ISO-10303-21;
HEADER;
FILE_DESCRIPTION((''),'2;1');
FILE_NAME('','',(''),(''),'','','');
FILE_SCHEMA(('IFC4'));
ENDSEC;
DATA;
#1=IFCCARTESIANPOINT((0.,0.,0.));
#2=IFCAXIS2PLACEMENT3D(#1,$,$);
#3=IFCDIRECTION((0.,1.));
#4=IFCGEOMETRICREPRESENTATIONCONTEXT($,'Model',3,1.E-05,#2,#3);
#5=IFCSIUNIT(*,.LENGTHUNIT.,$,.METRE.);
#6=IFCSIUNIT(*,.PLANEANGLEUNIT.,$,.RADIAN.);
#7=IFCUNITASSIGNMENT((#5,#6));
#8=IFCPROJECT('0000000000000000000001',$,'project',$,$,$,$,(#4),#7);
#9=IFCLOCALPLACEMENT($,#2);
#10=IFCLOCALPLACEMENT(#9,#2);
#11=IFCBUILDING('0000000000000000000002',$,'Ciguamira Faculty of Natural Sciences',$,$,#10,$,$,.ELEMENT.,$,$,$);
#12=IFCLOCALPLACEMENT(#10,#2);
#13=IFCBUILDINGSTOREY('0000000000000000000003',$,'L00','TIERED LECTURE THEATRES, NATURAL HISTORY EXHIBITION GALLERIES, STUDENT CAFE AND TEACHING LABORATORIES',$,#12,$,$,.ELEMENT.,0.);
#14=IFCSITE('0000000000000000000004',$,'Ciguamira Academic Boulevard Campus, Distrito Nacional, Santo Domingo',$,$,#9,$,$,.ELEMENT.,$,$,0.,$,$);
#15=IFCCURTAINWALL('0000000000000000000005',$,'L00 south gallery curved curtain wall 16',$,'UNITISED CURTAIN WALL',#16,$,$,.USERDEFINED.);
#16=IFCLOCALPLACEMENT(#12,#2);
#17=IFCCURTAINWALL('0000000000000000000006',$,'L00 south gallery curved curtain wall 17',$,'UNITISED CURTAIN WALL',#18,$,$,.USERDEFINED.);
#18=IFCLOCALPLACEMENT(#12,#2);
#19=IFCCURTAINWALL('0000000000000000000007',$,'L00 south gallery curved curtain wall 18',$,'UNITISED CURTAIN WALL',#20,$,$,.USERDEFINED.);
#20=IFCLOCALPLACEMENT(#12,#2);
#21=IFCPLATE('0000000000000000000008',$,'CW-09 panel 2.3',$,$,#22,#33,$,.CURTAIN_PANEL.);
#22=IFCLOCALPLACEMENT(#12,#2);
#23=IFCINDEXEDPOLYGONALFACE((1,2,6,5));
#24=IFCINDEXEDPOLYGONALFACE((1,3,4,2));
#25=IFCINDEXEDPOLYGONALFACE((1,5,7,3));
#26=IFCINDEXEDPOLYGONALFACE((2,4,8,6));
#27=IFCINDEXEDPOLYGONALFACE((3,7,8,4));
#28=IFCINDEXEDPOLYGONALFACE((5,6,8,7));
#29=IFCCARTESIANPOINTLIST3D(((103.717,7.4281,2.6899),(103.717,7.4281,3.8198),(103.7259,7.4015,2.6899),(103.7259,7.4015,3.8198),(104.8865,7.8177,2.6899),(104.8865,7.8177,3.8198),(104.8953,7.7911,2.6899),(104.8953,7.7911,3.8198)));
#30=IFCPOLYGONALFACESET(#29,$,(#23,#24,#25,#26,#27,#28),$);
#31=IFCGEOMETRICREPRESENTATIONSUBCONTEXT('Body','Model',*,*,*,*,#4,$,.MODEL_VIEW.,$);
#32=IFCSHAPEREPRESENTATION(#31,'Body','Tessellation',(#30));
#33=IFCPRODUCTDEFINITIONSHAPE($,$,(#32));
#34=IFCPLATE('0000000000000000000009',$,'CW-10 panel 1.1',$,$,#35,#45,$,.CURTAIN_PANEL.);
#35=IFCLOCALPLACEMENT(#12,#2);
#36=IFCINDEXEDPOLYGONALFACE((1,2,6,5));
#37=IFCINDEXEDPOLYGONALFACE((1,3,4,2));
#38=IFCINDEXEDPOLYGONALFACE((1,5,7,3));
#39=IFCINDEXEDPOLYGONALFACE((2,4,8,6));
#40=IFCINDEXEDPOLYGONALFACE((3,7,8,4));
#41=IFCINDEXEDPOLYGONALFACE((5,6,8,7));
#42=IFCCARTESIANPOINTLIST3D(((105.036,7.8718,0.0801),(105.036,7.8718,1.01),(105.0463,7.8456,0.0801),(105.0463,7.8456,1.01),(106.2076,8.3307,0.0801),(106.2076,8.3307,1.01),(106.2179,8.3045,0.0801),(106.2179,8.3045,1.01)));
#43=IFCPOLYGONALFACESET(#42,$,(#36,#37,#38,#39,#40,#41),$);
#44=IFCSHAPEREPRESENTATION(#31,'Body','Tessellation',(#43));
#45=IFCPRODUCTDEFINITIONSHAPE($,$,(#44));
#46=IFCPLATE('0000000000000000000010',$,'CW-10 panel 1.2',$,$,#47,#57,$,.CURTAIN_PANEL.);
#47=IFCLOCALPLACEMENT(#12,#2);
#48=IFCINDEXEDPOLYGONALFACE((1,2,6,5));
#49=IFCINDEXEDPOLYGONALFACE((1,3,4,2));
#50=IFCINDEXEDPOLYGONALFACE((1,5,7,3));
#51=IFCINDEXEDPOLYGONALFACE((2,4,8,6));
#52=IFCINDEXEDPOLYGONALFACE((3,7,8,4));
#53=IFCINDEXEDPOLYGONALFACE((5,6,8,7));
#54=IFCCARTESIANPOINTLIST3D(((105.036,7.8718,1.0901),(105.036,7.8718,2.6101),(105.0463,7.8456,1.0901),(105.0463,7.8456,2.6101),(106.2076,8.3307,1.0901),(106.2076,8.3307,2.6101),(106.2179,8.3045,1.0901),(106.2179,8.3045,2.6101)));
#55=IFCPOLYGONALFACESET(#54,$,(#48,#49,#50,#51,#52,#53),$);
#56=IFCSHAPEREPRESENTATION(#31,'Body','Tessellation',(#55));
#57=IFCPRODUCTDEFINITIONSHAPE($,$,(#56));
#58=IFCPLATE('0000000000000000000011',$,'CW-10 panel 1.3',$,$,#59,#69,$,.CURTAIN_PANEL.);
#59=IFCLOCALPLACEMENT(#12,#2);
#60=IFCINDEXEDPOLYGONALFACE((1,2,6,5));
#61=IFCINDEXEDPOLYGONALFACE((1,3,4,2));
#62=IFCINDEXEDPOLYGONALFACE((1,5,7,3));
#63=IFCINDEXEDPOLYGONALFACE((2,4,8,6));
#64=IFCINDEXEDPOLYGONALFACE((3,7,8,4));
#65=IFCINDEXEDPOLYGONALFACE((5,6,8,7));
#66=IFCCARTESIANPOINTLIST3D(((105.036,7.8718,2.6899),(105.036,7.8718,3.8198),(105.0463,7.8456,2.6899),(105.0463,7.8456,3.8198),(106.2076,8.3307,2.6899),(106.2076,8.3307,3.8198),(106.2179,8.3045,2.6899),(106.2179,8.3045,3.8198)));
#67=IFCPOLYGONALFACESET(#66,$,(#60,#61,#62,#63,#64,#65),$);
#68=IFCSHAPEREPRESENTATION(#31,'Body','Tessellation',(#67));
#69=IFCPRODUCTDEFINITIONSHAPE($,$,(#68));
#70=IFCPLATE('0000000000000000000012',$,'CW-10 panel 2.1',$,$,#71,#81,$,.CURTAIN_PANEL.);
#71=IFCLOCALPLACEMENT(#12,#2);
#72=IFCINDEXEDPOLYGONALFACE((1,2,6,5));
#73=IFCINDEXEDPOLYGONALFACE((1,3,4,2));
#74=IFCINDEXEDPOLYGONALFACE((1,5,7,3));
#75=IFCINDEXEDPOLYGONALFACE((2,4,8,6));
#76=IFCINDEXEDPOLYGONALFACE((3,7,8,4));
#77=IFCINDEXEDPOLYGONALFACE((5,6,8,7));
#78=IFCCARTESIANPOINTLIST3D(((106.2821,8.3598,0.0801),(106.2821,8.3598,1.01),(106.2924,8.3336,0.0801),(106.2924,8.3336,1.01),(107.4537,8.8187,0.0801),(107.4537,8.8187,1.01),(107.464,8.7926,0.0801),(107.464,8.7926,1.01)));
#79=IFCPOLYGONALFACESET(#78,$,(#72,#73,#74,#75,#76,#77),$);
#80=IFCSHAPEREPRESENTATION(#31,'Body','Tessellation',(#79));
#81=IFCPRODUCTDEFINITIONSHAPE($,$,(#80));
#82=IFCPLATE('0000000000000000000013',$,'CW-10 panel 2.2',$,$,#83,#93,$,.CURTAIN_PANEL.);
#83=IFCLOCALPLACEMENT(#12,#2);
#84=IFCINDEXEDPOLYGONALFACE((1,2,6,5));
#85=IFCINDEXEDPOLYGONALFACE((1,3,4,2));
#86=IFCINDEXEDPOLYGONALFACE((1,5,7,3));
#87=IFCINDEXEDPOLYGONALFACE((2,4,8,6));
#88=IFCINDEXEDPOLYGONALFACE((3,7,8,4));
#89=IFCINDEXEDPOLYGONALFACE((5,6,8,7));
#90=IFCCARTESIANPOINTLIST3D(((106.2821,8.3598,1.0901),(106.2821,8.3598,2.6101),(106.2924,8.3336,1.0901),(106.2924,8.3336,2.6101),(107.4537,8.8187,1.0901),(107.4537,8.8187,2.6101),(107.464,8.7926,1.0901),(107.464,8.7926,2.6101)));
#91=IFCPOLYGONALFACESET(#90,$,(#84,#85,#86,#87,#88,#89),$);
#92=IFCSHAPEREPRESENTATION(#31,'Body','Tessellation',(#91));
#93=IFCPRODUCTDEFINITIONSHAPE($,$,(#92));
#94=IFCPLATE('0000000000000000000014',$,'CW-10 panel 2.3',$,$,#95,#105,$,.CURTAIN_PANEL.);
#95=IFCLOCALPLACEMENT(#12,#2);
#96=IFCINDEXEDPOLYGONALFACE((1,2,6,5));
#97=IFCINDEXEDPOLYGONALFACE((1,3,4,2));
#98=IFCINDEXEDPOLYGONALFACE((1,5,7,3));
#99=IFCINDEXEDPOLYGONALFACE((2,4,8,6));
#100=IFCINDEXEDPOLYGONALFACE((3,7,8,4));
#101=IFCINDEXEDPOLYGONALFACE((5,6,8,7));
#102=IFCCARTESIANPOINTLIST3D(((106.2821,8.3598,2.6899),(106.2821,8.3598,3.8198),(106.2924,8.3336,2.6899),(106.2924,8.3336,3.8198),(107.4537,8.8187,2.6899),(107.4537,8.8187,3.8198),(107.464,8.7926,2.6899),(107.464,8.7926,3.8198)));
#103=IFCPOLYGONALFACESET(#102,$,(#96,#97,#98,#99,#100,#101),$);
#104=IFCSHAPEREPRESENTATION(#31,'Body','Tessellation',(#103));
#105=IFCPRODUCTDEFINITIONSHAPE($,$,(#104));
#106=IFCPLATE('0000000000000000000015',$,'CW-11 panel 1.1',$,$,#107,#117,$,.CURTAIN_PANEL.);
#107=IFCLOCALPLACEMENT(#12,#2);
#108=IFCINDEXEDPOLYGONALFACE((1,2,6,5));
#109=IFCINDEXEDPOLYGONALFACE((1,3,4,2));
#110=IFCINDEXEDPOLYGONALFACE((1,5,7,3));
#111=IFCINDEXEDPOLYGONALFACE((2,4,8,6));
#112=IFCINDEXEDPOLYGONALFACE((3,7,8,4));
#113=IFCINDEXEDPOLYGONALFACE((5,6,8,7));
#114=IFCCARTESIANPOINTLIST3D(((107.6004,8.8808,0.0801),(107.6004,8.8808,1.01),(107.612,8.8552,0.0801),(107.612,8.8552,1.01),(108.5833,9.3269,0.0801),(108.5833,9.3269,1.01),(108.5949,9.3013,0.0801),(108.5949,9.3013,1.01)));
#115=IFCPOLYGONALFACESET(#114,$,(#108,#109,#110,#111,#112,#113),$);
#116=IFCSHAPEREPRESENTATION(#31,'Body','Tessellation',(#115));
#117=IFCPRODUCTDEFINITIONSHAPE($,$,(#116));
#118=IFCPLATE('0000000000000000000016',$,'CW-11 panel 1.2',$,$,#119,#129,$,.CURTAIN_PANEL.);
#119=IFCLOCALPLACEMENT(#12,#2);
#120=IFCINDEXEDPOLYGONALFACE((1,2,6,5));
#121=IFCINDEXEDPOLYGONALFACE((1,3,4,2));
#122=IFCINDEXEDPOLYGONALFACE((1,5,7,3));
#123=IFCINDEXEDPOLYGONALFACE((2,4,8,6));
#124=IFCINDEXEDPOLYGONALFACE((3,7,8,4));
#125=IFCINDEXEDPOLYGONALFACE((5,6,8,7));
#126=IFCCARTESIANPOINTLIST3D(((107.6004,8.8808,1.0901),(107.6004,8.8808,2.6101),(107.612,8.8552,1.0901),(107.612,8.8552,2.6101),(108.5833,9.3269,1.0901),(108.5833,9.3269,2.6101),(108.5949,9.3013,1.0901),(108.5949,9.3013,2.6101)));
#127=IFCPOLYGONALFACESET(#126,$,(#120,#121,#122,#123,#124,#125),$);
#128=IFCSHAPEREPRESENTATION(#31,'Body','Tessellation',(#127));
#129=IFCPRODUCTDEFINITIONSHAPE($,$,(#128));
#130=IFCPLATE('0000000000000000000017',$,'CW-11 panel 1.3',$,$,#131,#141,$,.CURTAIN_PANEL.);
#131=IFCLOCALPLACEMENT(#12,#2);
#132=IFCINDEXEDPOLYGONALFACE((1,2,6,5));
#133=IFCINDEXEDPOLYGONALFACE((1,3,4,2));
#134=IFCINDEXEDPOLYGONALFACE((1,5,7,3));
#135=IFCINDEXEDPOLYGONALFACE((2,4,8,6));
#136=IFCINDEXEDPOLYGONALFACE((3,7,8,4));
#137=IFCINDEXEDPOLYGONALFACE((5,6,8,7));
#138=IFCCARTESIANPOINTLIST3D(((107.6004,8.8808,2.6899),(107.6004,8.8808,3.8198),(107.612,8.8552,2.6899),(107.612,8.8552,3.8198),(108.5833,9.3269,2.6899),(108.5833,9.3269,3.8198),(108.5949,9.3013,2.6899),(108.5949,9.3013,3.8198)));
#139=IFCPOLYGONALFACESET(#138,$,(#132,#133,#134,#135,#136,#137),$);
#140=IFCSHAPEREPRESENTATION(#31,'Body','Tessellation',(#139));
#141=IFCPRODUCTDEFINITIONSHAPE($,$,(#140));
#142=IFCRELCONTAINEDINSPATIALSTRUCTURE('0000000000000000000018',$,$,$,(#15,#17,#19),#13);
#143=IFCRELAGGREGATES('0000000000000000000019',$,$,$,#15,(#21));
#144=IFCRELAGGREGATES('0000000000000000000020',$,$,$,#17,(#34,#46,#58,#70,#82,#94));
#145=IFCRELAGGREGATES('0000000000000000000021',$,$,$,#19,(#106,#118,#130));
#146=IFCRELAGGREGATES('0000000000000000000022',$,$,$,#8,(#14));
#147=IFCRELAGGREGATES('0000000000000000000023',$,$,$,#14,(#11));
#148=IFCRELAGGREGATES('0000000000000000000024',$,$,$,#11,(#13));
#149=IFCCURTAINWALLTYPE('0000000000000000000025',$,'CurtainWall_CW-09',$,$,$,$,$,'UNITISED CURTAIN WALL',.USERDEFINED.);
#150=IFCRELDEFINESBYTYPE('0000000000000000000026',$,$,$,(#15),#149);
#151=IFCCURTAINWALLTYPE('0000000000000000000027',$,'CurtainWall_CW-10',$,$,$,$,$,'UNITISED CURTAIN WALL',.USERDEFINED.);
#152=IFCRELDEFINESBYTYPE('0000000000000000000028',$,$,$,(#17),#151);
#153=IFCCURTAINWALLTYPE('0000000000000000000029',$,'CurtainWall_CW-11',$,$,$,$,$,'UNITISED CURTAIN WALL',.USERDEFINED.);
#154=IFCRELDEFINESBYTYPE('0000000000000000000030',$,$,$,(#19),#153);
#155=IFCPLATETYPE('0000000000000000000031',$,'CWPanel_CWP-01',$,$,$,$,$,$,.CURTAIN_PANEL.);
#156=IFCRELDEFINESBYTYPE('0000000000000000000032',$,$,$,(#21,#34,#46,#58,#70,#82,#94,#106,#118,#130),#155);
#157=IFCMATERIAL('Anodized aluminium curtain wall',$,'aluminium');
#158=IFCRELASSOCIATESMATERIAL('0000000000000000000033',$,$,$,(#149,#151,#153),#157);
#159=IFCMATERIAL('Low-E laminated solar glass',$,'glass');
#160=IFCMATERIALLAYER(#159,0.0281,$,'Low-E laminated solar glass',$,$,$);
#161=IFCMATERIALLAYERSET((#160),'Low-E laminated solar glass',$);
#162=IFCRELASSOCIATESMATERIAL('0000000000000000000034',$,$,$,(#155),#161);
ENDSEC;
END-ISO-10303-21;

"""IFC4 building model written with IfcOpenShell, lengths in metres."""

from ifc_helpers import new_model, si_unit, direction, frame, origin, origin_2d, place, context, subcontext, project, spatial, rectangle, extrude, material, layer, layer_set, type_object, element, aggregate, save


model = new_model("IFC4")

# Units and contexts
model_context = context("Model", 3, precision=1e-05, world=origin(), true_north=direction((0.0, 1.0)))
body_context = subcontext(model_context, "Body", "Model", "MODEL_VIEW")
ifc_project = project(units=[si_unit("LENGTHUNIT", "METRE"), si_unit("PLANEANGLEUNIT", "RADIAN")], contexts=[model_context])

# Site, building, storey
site_placement = place(None, origin())
site = spatial("IfcSite", under=ifc_project, at=site_placement, Name="Ciguamira Academic Boulevard Campus, Distrito Nacional, Santo Domingo", CompositionType="ELEMENT", RefElevation=0.0)
building_placement = place(site_placement, origin())
building = spatial("IfcBuilding", under=site, at=building_placement, Name="Ciguamira Faculty of Natural Sciences", CompositionType="ELEMENT")
storey_placement = place(building_placement, origin())
storey = spatial("IfcBuildingStorey", under=building, at=storey_placement, Name="L00", Description="TIERED LECTURE THEATRES, NATURAL HISTORY EXHIBITION GALLERIES, STUDENT CAFE AND TEACHING LABORATORIES", CompositionType="ELEMENT", Elevation=0.0)

# Curtain walls
ifc_material_1 = material(Name="Anodized aluminium curtain wall", Category="aluminium")
curtain_wall_type_1 = type_object("IfcCurtainWallType", Name="CurtainWall_CW-09", ElementType="UNITISED CURTAIN WALL", PredefinedType="USERDEFINED", material=ifc_material_1)
curtain_wall_1_placement = place(storey_placement, origin())
curtain_wall_1 = element("IfcCurtainWall", 1, at=curtain_wall_1_placement, inside=storey, type_object=curtain_wall_type_1, Name="L00 south gallery curved curtain wall 16", ObjectType="UNITISED CURTAIN WALL", PredefinedType="USERDEFINED")
curtain_wall_type_2 = type_object("IfcCurtainWallType", Name="CurtainWall_CW-10", ElementType="UNITISED CURTAIN WALL", PredefinedType="USERDEFINED", material=ifc_material_1)
curtain_wall_2_placement = place(storey_placement, origin())
curtain_wall_2 = element("IfcCurtainWall", 2, at=curtain_wall_2_placement, inside=storey, type_object=curtain_wall_type_2, Name="L00 south gallery curved curtain wall 17", ObjectType="UNITISED CURTAIN WALL", PredefinedType="USERDEFINED")
curtain_wall_type_3 = type_object("IfcCurtainWallType", Name="CurtainWall_CW-11", ElementType="UNITISED CURTAIN WALL", PredefinedType="USERDEFINED", material=ifc_material_1)
curtain_wall_3_placement = place(storey_placement, origin())
curtain_wall_3 = element("IfcCurtainWall", 3, at=curtain_wall_3_placement, inside=storey, type_object=curtain_wall_type_3, Name="L00 south gallery curved curtain wall 18", ObjectType="UNITISED CURTAIN WALL", PredefinedType="USERDEFINED")

# Plates
ifc_material_2 = material(Name="Low-E laminated solar glass", Category="glass")
ifc_layer = layer(ifc_material_2, 0.0281, Name="Low-E laminated solar glass")
ifc_layer_set = layer_set([ifc_layer], Name="Low-E laminated solar glass")
plate_type = type_object("IfcPlateType", Name="CWPanel_CWP-01", PredefinedType="CURTAIN_PANEL", material=ifc_layer_set)
plate_1_placement = place(storey_placement, frame((104.3062, 7.6096, 2.6899), z_axis=(0.0, 0.0, 1.0), x_axis=(0.948735, 0.316073, 0.0)))
plate_1 = element("IfcPlate", 4, at=plate_1_placement, type_object=plate_type, Name="CW-09 panel 2.3", PredefinedType="CURTAIN_PANEL", context=body_context, shape_type="SweptSolid", body=[
    extrude(rectangle(XDim=1.2327, YDim=0.0281, at=origin_2d()), origin(), (0.0, 0.0, 1.0), 1.1299),
])
aggregate(curtain_wall_1, [plate_1])
plate_2_placement = place(storey_placement, frame((105.627, 8.0881, 0.0801), z_axis=(0.0, 0.0, 1.0), x_axis=(0.931122, 0.364707, 0.0)))
plate_2 = element("IfcPlate", 5, at=plate_2_placement, type_object=plate_type, Name="CW-10 panel 1.1", PredefinedType="CURTAIN_PANEL", context=body_context, shape_type="SweptSolid", body=[
    extrude(rectangle(XDim=1.2583, YDim=0.0281, at=origin_2d()), origin(), (0.0, 0.0, 1.0), 0.9299),
])
plate_3_placement = place(storey_placement, frame((105.627, 8.0881, 1.0901), z_axis=(0.0, 0.0, 1.0), x_axis=(0.931122, 0.364707, 0.0)))
plate_3 = element("IfcPlate", 6, at=plate_3_placement, type_object=plate_type, Name="CW-10 panel 1.2", PredefinedType="CURTAIN_PANEL", context=body_context, shape_type="SweptSolid", body=[
    extrude(rectangle(XDim=1.2583, YDim=0.0281, at=origin_2d()), origin(), (0.0, 0.0, 1.0), 1.52),
])
plate_4_placement = place(storey_placement, frame((105.627, 8.0881, 2.6899), z_axis=(0.0, 0.0, 1.0), x_axis=(0.931122, 0.364707, 0.0)))
plate_4 = element("IfcPlate", 7, at=plate_4_placement, type_object=plate_type, Name="CW-10 panel 1.3", PredefinedType="CURTAIN_PANEL", context=body_context, shape_type="SweptSolid", body=[
    extrude(rectangle(XDim=1.2583, YDim=0.0281, at=origin_2d()), origin(), (0.0, 0.0, 1.0), 1.1299),
])
plate_5_placement = place(storey_placement, frame((106.873, 8.5762, 0.0801), z_axis=(0.0, 0.0, 1.0), x_axis=(0.931122, 0.364707, 0.0)))
plate_5 = element("IfcPlate", 8, at=plate_5_placement, type_object=plate_type, Name="CW-10 panel 2.1", PredefinedType="CURTAIN_PANEL", context=body_context, shape_type="SweptSolid", body=[
    extrude(rectangle(XDim=1.2583, YDim=0.0281, at=origin_2d()), origin(), (0.0, 0.0, 1.0), 0.9299),
])
plate_6_placement = place(storey_placement, frame((106.873, 8.5762, 1.0901), z_axis=(0.0, 0.0, 1.0), x_axis=(0.931122, 0.364707, 0.0)))
plate_6 = element("IfcPlate", 9, at=plate_6_placement, type_object=plate_type, Name="CW-10 panel 2.2", PredefinedType="CURTAIN_PANEL", context=body_context, shape_type="SweptSolid", body=[
    extrude(rectangle(XDim=1.2583, YDim=0.0281, at=origin_2d()), origin(), (0.0, 0.0, 1.0), 1.52),
])
plate_7_placement = place(storey_placement, frame((106.873, 8.5762, 2.6899), z_axis=(0.0, 0.0, 1.0), x_axis=(0.931122, 0.364707, 0.0)))
plate_7 = element("IfcPlate", 10, at=plate_7_placement, type_object=plate_type, Name="CW-10 panel 2.3", PredefinedType="CURTAIN_PANEL", context=body_context, shape_type="SweptSolid", body=[
    extrude(rectangle(XDim=1.2583, YDim=0.0281, at=origin_2d()), origin(), (0.0, 0.0, 1.0), 1.1299),
])
aggregate(curtain_wall_2, [plate_2, plate_3, plate_4, plate_5, plate_6, plate_7])
plate_8_placement = place(storey_placement, frame((108.0977, 9.0911, 0.0801), z_axis=(0.0, 0.0, 1.0), x_axis=(0.910581, 0.413332, 0.0)))
plate_8 = element("IfcPlate", 11, at=plate_8_placement, type_object=plate_type, Name="CW-11 panel 1.1", PredefinedType="CURTAIN_PANEL", context=body_context, shape_type="SweptSolid", body=[
    extrude(rectangle(XDim=1.0793, YDim=0.0281, at=origin_2d()), origin(), (0.0, 0.0, 1.0), 0.9299),
])
plate_9_placement = place(storey_placement, frame((108.0977, 9.0911, 1.0901), z_axis=(0.0, 0.0, 1.0), x_axis=(0.910581, 0.413332, 0.0)))
plate_9 = element("IfcPlate", 12, at=plate_9_placement, type_object=plate_type, Name="CW-11 panel 1.2", PredefinedType="CURTAIN_PANEL", context=body_context, shape_type="SweptSolid", body=[
    extrude(rectangle(XDim=1.0793, YDim=0.0281, at=origin_2d()), origin(), (0.0, 0.0, 1.0), 1.52),
])
plate_10_placement = place(storey_placement, frame((108.0977, 9.0911, 2.6899), z_axis=(0.0, 0.0, 1.0), x_axis=(0.910581, 0.413332, 0.0)))
plate_10 = element("IfcPlate", 13, at=plate_10_placement, type_object=plate_type, Name="CW-11 panel 1.3", PredefinedType="CURTAIN_PANEL", context=body_context, shape_type="SweptSolid", body=[
    extrude(rectangle(XDim=1.0793, YDim=0.0281, at=origin_2d()), origin(), (0.0, 0.0, 1.0), 1.1299),
])
aggregate(curtain_wall_3, [plate_8, plate_9, plate_10])

save(model, "model.ifc")
